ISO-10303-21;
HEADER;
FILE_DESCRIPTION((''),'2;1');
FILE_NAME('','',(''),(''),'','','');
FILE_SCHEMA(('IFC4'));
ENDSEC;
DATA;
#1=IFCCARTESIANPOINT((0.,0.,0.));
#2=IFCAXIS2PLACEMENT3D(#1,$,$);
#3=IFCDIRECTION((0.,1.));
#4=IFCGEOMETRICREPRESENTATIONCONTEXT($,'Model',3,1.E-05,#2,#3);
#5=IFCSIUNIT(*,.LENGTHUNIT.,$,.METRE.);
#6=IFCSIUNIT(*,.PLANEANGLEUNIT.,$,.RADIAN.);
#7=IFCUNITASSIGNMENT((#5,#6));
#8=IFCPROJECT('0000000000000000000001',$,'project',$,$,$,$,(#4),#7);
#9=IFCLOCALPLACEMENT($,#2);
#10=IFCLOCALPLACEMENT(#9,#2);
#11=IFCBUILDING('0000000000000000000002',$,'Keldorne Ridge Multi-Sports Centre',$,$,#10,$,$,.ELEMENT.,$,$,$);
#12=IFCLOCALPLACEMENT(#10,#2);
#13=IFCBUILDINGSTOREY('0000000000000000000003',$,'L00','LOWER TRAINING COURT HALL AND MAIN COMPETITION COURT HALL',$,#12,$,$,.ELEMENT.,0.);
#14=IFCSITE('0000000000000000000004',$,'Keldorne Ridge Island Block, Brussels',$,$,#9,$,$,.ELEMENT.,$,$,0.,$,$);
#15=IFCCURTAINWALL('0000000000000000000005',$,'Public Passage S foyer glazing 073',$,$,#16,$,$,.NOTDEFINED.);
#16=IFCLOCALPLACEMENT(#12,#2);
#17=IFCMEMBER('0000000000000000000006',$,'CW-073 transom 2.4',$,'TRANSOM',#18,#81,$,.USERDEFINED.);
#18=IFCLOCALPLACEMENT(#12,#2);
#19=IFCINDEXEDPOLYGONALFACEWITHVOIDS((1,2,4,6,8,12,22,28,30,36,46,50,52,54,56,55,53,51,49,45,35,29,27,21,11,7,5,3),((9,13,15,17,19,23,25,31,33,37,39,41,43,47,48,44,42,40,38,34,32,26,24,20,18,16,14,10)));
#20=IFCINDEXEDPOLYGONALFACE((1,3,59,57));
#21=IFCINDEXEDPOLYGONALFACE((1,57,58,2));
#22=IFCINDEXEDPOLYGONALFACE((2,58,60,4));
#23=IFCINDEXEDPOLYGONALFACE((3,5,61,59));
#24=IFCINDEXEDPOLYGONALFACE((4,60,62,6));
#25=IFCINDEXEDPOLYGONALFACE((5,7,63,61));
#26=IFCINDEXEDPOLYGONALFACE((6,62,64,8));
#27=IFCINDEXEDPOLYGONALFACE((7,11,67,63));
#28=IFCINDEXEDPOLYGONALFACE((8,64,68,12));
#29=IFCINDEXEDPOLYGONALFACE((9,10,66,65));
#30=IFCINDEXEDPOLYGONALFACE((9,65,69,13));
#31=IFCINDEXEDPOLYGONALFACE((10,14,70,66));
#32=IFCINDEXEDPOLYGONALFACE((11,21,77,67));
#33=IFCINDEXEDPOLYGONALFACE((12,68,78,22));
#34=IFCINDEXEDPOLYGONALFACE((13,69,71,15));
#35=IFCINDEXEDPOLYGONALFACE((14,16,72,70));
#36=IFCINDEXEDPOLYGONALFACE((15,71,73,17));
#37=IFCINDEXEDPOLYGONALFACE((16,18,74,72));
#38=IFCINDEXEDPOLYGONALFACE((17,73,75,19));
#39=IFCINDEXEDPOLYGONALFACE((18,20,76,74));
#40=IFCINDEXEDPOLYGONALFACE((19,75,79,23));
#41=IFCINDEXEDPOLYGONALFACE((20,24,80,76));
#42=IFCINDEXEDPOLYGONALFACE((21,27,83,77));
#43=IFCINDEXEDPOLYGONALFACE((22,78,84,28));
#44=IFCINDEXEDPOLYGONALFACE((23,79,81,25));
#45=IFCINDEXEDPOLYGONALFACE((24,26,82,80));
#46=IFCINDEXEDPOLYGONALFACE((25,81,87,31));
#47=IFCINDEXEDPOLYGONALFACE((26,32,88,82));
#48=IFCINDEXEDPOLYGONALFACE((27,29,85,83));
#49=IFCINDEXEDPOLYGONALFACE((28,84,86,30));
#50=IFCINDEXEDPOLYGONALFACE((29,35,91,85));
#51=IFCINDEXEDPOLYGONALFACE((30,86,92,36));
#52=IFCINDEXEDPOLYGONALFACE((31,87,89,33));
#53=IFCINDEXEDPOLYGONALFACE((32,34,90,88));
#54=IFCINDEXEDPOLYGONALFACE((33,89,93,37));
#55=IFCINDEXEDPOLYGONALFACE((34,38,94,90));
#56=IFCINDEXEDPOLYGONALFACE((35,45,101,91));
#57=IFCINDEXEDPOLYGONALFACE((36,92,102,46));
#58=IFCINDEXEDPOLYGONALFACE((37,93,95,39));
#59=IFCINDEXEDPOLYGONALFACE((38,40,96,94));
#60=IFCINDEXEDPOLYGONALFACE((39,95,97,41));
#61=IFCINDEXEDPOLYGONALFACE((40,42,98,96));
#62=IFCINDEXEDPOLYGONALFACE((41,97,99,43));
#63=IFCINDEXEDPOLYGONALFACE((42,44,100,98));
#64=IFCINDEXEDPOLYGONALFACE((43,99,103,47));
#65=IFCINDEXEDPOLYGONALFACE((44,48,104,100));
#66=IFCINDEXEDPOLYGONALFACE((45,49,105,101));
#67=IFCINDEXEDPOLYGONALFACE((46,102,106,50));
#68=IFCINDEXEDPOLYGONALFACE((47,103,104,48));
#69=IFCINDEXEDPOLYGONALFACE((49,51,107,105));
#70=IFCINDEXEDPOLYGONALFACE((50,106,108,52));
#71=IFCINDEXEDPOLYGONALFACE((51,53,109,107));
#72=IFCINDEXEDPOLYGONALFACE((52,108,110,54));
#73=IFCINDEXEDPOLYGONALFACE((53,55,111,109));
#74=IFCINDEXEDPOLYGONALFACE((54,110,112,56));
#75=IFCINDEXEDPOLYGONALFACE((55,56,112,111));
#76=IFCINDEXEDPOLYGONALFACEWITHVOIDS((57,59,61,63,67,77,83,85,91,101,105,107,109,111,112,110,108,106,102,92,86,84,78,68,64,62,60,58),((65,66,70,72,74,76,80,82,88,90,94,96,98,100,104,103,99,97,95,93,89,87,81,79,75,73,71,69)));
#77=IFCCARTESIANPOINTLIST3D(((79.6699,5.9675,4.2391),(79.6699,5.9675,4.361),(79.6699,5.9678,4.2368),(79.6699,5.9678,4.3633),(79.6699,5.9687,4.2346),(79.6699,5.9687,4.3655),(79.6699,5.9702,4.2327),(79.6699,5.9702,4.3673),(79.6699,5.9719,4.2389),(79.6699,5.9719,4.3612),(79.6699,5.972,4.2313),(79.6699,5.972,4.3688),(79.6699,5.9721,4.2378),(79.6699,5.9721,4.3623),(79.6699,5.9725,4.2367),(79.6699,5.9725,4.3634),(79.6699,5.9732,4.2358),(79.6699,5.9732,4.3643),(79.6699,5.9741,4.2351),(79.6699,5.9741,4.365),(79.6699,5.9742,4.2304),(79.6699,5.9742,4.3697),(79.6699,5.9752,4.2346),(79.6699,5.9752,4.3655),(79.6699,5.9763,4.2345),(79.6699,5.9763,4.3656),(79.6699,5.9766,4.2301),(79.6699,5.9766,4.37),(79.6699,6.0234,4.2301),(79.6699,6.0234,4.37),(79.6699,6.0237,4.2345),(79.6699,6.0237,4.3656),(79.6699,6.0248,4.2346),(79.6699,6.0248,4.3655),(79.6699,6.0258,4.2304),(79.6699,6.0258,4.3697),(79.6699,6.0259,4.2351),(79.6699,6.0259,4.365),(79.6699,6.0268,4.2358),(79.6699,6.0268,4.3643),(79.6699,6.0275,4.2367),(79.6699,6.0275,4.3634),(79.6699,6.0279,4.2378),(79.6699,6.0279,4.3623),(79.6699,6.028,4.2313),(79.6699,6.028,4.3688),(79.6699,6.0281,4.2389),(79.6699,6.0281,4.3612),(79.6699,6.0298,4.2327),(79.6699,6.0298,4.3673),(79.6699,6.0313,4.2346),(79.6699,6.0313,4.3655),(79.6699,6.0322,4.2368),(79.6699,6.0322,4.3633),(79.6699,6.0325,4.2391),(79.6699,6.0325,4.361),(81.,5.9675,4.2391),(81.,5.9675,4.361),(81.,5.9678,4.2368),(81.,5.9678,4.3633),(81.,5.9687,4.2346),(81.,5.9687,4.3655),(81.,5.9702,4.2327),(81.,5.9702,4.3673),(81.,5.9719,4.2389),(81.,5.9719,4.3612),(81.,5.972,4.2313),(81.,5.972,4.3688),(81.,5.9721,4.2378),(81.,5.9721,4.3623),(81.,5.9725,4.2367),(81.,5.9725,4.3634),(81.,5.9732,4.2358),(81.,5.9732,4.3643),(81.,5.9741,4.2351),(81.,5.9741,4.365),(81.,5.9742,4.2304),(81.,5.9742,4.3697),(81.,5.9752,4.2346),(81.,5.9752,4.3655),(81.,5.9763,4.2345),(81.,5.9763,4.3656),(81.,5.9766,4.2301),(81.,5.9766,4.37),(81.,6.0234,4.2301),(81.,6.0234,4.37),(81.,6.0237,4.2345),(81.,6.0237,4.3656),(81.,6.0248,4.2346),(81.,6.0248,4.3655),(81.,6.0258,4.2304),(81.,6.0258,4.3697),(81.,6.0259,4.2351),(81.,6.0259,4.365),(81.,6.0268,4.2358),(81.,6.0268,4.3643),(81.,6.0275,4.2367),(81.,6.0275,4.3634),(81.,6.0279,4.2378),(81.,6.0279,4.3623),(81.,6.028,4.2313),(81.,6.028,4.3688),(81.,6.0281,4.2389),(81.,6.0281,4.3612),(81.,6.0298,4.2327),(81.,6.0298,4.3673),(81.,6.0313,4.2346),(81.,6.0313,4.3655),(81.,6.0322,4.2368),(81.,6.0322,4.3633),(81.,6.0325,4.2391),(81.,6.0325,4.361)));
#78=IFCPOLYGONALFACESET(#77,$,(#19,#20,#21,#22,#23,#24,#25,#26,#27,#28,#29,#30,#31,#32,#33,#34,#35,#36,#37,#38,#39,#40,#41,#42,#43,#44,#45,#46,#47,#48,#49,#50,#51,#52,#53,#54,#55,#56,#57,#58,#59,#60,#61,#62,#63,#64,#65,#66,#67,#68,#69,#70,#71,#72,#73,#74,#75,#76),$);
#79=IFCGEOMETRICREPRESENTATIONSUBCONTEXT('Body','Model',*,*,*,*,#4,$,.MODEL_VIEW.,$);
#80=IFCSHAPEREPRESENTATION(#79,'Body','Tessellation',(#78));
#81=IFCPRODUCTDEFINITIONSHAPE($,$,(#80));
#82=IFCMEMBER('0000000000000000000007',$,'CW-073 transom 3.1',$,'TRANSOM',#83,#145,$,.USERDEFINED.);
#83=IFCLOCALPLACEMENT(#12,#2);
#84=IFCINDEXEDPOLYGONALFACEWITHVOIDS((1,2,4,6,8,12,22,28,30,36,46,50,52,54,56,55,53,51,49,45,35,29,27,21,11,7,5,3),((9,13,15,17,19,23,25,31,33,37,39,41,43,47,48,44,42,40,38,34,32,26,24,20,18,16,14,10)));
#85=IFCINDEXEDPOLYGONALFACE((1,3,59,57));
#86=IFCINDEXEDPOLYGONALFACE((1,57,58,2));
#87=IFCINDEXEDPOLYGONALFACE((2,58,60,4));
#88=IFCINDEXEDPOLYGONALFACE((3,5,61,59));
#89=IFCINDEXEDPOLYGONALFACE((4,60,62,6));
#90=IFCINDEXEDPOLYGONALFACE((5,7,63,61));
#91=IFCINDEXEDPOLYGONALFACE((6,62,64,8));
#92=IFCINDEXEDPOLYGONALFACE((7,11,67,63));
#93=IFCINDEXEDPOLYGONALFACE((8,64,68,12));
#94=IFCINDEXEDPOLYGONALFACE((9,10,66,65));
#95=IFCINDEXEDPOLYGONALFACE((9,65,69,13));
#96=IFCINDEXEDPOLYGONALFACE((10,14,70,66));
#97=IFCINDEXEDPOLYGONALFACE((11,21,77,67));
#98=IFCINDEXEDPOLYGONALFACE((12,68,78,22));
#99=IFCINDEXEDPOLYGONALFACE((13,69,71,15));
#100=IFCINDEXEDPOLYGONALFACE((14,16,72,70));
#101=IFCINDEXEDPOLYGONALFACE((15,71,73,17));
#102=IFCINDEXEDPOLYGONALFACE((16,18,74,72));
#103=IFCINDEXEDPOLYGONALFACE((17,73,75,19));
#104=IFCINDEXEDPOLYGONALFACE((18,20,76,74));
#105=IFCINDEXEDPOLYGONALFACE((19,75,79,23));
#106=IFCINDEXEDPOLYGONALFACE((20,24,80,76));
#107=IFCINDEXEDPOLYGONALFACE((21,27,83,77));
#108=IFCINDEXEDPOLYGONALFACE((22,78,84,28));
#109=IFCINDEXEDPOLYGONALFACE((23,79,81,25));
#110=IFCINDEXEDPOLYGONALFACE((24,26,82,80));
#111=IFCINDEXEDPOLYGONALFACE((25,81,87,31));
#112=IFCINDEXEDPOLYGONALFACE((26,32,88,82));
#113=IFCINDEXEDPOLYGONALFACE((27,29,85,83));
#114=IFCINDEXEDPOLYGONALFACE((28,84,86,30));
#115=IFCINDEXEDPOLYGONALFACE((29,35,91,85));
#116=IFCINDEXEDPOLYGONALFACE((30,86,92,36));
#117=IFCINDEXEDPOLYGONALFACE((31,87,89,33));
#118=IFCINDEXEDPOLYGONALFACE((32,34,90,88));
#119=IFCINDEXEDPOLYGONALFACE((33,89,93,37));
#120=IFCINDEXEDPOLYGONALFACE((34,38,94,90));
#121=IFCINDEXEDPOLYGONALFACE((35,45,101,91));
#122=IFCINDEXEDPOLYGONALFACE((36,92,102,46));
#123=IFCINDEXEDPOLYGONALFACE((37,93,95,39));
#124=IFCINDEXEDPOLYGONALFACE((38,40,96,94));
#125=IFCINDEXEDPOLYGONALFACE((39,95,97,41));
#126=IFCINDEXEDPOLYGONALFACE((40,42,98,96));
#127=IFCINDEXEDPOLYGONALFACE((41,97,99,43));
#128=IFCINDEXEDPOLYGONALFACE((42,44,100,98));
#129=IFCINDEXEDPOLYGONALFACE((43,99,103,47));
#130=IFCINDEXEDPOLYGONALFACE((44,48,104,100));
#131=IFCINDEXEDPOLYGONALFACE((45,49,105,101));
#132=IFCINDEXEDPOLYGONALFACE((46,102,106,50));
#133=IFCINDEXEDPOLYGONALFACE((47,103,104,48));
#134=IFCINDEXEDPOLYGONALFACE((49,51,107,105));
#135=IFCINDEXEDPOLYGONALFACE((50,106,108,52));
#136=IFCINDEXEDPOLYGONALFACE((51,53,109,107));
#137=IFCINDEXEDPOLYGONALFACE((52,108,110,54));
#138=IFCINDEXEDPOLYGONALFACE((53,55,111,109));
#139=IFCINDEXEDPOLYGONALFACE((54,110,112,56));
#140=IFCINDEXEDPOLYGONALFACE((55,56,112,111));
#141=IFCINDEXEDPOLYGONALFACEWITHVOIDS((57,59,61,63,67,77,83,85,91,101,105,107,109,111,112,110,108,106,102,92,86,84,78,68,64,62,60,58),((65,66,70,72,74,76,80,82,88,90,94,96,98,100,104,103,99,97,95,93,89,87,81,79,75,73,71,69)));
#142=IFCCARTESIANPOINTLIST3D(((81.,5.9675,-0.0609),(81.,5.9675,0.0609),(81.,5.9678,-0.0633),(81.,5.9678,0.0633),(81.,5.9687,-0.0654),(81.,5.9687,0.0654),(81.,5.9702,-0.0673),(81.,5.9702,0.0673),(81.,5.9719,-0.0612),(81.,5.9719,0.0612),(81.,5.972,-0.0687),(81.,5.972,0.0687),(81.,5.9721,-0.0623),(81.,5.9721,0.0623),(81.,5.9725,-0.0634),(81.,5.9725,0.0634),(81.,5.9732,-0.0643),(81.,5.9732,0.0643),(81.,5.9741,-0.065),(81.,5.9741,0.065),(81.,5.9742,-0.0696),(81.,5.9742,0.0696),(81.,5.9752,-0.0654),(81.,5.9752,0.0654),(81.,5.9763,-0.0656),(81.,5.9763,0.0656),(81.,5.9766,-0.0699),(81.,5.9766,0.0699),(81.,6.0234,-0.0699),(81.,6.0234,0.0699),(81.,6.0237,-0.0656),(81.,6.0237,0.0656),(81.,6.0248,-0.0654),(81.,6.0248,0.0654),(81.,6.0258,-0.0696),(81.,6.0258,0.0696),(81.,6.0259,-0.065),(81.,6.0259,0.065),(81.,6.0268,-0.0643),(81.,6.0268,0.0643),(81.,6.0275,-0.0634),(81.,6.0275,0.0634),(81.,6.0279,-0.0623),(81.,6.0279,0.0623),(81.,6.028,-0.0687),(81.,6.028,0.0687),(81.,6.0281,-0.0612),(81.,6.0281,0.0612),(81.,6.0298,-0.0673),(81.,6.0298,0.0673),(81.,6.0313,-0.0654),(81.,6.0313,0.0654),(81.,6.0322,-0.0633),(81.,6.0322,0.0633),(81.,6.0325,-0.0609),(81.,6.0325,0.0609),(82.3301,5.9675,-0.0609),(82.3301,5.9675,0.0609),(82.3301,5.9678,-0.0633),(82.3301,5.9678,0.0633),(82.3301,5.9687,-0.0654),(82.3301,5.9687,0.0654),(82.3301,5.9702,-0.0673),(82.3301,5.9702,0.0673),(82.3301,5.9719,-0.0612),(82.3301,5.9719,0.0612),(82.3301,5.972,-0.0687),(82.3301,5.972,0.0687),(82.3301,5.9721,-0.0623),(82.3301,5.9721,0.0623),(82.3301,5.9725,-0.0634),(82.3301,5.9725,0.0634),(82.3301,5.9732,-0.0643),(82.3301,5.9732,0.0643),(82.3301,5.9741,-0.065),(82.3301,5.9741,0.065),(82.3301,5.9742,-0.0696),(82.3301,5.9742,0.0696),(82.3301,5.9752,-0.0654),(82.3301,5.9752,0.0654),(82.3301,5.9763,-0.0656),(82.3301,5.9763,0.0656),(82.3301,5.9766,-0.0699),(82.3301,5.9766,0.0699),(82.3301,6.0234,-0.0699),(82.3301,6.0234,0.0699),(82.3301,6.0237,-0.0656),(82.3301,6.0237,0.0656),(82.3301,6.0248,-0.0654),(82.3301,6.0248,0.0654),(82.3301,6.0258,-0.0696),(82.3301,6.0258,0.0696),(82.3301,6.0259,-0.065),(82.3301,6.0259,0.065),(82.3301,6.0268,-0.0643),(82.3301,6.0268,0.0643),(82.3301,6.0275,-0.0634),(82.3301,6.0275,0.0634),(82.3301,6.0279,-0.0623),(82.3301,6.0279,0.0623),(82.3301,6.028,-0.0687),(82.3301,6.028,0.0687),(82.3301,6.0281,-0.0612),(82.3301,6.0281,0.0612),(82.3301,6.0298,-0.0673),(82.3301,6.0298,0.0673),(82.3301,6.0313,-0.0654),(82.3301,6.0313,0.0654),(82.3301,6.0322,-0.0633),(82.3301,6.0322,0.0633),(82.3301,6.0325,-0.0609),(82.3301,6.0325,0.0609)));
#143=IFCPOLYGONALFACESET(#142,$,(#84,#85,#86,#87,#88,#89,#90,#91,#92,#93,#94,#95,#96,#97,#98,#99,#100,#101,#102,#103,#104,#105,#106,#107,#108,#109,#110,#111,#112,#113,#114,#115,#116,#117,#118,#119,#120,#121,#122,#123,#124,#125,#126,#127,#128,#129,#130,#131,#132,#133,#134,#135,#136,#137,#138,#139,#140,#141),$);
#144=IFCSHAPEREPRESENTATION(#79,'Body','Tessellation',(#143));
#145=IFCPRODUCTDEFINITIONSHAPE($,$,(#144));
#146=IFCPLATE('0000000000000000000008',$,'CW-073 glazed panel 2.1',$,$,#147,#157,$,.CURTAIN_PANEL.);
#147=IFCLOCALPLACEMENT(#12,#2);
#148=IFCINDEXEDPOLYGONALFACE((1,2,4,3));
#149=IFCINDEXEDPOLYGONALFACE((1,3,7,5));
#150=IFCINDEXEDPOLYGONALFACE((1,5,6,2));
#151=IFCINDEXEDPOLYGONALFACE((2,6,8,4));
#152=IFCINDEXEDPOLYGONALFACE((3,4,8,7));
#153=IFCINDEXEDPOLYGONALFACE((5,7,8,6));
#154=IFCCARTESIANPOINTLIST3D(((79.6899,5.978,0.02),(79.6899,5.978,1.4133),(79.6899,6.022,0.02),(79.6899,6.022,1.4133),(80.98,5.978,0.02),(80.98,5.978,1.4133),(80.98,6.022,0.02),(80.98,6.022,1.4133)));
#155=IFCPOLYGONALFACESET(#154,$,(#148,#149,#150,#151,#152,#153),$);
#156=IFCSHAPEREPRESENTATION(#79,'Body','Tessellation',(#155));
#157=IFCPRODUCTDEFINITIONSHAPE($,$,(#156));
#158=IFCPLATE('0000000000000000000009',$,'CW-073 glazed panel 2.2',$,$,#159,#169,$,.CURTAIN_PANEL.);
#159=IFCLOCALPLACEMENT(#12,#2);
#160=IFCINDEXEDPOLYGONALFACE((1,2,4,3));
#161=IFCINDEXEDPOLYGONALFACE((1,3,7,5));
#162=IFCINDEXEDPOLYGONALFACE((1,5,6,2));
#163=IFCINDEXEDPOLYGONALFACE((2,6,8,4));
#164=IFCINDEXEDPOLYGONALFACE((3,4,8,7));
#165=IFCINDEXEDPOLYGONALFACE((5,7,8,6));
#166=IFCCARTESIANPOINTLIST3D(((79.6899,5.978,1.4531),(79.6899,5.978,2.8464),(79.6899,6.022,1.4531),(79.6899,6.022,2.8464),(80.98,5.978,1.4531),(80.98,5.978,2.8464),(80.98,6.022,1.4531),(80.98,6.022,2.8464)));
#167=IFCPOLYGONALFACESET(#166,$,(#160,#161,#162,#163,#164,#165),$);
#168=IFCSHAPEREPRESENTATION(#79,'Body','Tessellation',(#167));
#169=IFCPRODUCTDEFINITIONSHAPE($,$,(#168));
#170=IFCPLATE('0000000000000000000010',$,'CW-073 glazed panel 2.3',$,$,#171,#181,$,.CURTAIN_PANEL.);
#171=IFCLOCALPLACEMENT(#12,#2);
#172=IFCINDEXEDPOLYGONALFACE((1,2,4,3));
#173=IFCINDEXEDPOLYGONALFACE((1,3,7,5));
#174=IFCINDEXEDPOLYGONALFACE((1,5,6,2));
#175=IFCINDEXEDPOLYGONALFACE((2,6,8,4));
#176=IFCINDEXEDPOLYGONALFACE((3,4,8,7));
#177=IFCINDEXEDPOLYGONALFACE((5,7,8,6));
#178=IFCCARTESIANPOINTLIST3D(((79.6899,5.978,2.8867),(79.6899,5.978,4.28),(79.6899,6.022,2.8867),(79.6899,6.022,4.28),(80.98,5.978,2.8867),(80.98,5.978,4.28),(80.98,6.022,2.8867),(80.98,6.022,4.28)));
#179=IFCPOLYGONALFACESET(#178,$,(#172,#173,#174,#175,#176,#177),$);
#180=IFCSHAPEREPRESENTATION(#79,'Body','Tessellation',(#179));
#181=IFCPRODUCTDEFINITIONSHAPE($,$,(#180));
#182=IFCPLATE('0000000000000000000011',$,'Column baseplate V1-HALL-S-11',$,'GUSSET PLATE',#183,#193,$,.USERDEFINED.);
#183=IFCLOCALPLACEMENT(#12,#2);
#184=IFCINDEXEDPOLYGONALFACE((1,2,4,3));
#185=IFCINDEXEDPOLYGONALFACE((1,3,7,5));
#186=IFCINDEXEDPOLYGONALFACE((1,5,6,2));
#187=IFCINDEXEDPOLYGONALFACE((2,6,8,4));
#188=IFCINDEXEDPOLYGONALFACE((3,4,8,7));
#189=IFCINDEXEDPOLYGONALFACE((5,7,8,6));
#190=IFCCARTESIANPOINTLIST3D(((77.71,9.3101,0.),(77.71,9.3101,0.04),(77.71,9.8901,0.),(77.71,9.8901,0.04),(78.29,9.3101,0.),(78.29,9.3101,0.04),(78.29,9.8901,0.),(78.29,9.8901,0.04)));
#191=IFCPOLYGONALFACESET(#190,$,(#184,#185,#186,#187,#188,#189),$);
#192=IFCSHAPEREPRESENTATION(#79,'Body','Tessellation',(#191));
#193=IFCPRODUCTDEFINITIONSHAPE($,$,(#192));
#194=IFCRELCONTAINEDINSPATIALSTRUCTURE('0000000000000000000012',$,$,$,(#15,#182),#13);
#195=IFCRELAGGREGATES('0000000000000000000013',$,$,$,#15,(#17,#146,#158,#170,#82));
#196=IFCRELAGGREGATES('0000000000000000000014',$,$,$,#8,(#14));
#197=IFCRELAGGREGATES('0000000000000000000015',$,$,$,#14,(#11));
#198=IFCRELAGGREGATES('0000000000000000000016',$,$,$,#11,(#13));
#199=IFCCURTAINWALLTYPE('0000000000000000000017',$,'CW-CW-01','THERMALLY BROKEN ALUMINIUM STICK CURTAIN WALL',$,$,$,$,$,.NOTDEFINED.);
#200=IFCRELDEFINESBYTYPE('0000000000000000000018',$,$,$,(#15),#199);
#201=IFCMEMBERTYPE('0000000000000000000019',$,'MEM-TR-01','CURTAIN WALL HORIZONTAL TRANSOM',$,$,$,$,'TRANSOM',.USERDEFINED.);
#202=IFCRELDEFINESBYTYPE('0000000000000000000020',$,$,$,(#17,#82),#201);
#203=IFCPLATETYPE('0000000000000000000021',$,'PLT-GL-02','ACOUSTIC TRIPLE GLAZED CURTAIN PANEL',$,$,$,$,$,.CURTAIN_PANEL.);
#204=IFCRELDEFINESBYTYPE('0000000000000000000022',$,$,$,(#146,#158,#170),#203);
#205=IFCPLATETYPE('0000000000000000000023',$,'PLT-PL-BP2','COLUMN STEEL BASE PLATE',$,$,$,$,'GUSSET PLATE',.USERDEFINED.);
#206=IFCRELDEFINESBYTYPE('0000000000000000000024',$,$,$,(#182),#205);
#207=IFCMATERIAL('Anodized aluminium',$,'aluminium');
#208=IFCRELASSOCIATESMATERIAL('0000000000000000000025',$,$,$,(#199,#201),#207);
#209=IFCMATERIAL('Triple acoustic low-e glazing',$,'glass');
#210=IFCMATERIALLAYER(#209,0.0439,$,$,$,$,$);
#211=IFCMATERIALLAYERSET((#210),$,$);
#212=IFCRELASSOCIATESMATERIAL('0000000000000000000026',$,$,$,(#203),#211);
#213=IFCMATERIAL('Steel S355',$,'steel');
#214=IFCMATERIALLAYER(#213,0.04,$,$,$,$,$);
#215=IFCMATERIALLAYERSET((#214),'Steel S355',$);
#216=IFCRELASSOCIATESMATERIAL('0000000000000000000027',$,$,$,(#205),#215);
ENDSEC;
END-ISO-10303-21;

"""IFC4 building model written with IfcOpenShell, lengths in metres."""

from ifc_helpers import new_model, si_unit, direction, frame, origin, origin_2d, place, context, subcontext, project, spatial, rectangle, hollow_rectangle, extrude, material, layer, layer_set, material_profile, profile_set, type_object, element, aggregate, save


model = new_model("IFC4")

# Units and contexts
model_context = context("Model", 3, precision=1e-05, world=origin(), true_north=direction((0.0, 1.0)))
body_context = subcontext(model_context, "Body", "Model", "MODEL_VIEW")
ifc_project = project(units=[si_unit("LENGTHUNIT", "METRE"), si_unit("PLANEANGLEUNIT", "RADIAN")], contexts=[model_context])

# Site, building, storey
site_placement = place(None, origin())
site = spatial("IfcSite", under=ifc_project, at=site_placement, Name="Keldorne Ridge Island Block, Brussels", CompositionType="ELEMENT", RefElevation=0.0)
building_placement = place(site_placement, origin())
building = spatial("IfcBuilding", under=site, at=building_placement, Name="Keldorne Ridge Multi-Sports Centre", CompositionType="ELEMENT")
storey_placement = place(building_placement, origin())
storey = spatial("IfcBuildingStorey", under=building, at=storey_placement, Name="L00", Description="LOWER TRAINING COURT HALL AND MAIN COMPETITION COURT HALL", CompositionType="ELEMENT", Elevation=0.0)

# Shared definitions
ifc_material_1 = material(Name="Steel S355", Category="steel")

# Curtain wall, members, plates
ifc_material_2 = material(Name="Anodized aluminium", Category="aluminium")
curtain_wall_type = type_object("IfcCurtainWallType", Name="CW-CW-01", Description="THERMALLY BROKEN ALUMINIUM STICK CURTAIN WALL", PredefinedType="NOTDEFINED", material=ifc_material_2)
curtain_wall_placement = place(storey_placement, origin())
curtain_wall = element("IfcCurtainWall", 1, at=curtain_wall_placement, inside=storey, type_object=curtain_wall_type, Name="Public Passage S foyer glazing 073", PredefinedType="NOTDEFINED")
ifc_material_profile_1 = material_profile(ifc_material_2, hollow_rectangle(XDim=0.0649, YDim=0.1399, WallThickness=0.0044, InnerFilletRadius=0.0044, OuterFilletRadius=0.009, at=origin_2d()), Name="ALU TRANSOM 140x65x4.5")
ifc_profile_set_1 = profile_set([ifc_material_profile_1], Name="Anodized aluminium")
member_type_1 = type_object("IfcMemberType", Name="MEM-TR-01", Description="CURTAIN WALL HORIZONTAL TRANSOM", ElementType="TRANSOM", PredefinedType="USERDEFINED", material=ifc_profile_set_1)
member_1_placement = place(storey_placement, frame((79.6699, 6.0, 4.3), z_axis=(1.0, 0.0, 0.0), x_axis=(0.0, 1.0, 0.0)))
member_1 = element("IfcMember", 2, at=member_1_placement, type_object=member_type_1, Name="CW-073 transom 2.4", ObjectType="TRANSOM", PredefinedType="USERDEFINED", context=body_context, shape_type="SweptSolid", body=[
    extrude(hollow_rectangle(XDim=0.0649, YDim=0.1399, WallThickness=0.0044, InnerFilletRadius=0.0044, OuterFilletRadius=0.009, at=origin_2d()), origin(), (0.0, 0.0, 1.0), 1.3301),
])
member_2_placement = place(storey_placement, frame((81.0, 6.0, 0.0), z_axis=(1.0, 0.0, 0.0), x_axis=(0.0, 1.0, 0.0)))
member_2 = element("IfcMember", 3, at=member_2_placement, type_object=member_type_1, Name="CW-073 transom 3.1", ObjectType="TRANSOM", PredefinedType="USERDEFINED", context=body_context, shape_type="SweptSolid", body=[
    extrude(hollow_rectangle(XDim=0.0649, YDim=0.1399, WallThickness=0.0044, InnerFilletRadius=0.0044, OuterFilletRadius=0.009, at=origin_2d()), origin(), (0.0, 0.0, 1.0), 1.3301),
])
ifc_material_3 = material(Name="Triple acoustic low-e glazing", Category="glass")
ifc_layer_1 = layer(ifc_material_3, 0.0439)
ifc_layer_set_1 = layer_set([ifc_layer_1])
plate_type_1 = type_object("IfcPlateType", Name="PLT-GL-02", Description="ACOUSTIC TRIPLE GLAZED CURTAIN PANEL", PredefinedType="CURTAIN_PANEL", material=ifc_layer_set_1)
plate_1_placement = place(storey_placement, frame((80.335, 6.0, 0.02), z_axis=(0.0, 0.0, 1.0), x_axis=(1.0, 0.0, 0.0)))
plate_1 = element("IfcPlate", 4, at=plate_1_placement, type_object=plate_type_1, Name="CW-073 glazed panel 2.1", PredefinedType="CURTAIN_PANEL", context=body_context, shape_type="SweptSolid", body=[
    extrude(rectangle(XDim=1.29, YDim=0.0439, at=origin_2d()), origin(), (0.0, 0.0, 1.0), 1.3933),
])
plate_2_placement = place(storey_placement, frame((80.335, 6.0, 1.4531), z_axis=(0.0, 0.0, 1.0), x_axis=(1.0, 0.0, 0.0)))
plate_2 = element("IfcPlate", 5, at=plate_2_placement, type_object=plate_type_1, Name="CW-073 glazed panel 2.2", PredefinedType="CURTAIN_PANEL", context=body_context, shape_type="SweptSolid", body=[
    extrude(rectangle(XDim=1.29, YDim=0.0439, at=origin_2d()), origin(), (0.0, 0.0, 1.0), 1.3933),
])
plate_3_placement = place(storey_placement, frame((80.335, 6.0, 2.8867), z_axis=(0.0, 0.0, 1.0), x_axis=(1.0, 0.0, 0.0)))
plate_3 = element("IfcPlate", 6, at=plate_3_placement, type_object=plate_type_1, Name="CW-073 glazed panel 2.3", PredefinedType="CURTAIN_PANEL", context=body_context, shape_type="SweptSolid", body=[
    extrude(rectangle(XDim=1.29, YDim=0.0439, at=origin_2d()), origin(), (0.0, 0.0, 1.0), 1.3933),
])
aggregate(curtain_wall, [member_1, plate_1, plate_2, plate_3, member_2])

# Plate
ifc_layer_2 = layer(ifc_material_1, 0.04)
ifc_layer_set_2 = layer_set([ifc_layer_2], Name="Steel S355")
plate_type_2 = type_object("IfcPlateType", Name="PLT-PL-BP2", Description="COLUMN STEEL BASE PLATE", ElementType="GUSSET PLATE", PredefinedType="USERDEFINED", material=ifc_layer_set_2)
plate_4_placement = place(storey_placement, frame((78.0, 9.6001, 0.0), z_axis=(0.0, 0.0, 1.0), x_axis=(1.0, 0.0, 0.0)))
element("IfcPlate", 7, at=plate_4_placement, inside=storey, type_object=plate_type_2, Name="Column baseplate V1-HALL-S-11", ObjectType="GUSSET PLATE", PredefinedType="USERDEFINED", context=body_context, shape_type="SweptSolid", body=[
    extrude(rectangle(XDim=0.5801, YDim=0.5801, at=origin_2d()), origin(), (0.0, 0.0, 1.0), 0.04),
])

save(model, "model.ifc")
